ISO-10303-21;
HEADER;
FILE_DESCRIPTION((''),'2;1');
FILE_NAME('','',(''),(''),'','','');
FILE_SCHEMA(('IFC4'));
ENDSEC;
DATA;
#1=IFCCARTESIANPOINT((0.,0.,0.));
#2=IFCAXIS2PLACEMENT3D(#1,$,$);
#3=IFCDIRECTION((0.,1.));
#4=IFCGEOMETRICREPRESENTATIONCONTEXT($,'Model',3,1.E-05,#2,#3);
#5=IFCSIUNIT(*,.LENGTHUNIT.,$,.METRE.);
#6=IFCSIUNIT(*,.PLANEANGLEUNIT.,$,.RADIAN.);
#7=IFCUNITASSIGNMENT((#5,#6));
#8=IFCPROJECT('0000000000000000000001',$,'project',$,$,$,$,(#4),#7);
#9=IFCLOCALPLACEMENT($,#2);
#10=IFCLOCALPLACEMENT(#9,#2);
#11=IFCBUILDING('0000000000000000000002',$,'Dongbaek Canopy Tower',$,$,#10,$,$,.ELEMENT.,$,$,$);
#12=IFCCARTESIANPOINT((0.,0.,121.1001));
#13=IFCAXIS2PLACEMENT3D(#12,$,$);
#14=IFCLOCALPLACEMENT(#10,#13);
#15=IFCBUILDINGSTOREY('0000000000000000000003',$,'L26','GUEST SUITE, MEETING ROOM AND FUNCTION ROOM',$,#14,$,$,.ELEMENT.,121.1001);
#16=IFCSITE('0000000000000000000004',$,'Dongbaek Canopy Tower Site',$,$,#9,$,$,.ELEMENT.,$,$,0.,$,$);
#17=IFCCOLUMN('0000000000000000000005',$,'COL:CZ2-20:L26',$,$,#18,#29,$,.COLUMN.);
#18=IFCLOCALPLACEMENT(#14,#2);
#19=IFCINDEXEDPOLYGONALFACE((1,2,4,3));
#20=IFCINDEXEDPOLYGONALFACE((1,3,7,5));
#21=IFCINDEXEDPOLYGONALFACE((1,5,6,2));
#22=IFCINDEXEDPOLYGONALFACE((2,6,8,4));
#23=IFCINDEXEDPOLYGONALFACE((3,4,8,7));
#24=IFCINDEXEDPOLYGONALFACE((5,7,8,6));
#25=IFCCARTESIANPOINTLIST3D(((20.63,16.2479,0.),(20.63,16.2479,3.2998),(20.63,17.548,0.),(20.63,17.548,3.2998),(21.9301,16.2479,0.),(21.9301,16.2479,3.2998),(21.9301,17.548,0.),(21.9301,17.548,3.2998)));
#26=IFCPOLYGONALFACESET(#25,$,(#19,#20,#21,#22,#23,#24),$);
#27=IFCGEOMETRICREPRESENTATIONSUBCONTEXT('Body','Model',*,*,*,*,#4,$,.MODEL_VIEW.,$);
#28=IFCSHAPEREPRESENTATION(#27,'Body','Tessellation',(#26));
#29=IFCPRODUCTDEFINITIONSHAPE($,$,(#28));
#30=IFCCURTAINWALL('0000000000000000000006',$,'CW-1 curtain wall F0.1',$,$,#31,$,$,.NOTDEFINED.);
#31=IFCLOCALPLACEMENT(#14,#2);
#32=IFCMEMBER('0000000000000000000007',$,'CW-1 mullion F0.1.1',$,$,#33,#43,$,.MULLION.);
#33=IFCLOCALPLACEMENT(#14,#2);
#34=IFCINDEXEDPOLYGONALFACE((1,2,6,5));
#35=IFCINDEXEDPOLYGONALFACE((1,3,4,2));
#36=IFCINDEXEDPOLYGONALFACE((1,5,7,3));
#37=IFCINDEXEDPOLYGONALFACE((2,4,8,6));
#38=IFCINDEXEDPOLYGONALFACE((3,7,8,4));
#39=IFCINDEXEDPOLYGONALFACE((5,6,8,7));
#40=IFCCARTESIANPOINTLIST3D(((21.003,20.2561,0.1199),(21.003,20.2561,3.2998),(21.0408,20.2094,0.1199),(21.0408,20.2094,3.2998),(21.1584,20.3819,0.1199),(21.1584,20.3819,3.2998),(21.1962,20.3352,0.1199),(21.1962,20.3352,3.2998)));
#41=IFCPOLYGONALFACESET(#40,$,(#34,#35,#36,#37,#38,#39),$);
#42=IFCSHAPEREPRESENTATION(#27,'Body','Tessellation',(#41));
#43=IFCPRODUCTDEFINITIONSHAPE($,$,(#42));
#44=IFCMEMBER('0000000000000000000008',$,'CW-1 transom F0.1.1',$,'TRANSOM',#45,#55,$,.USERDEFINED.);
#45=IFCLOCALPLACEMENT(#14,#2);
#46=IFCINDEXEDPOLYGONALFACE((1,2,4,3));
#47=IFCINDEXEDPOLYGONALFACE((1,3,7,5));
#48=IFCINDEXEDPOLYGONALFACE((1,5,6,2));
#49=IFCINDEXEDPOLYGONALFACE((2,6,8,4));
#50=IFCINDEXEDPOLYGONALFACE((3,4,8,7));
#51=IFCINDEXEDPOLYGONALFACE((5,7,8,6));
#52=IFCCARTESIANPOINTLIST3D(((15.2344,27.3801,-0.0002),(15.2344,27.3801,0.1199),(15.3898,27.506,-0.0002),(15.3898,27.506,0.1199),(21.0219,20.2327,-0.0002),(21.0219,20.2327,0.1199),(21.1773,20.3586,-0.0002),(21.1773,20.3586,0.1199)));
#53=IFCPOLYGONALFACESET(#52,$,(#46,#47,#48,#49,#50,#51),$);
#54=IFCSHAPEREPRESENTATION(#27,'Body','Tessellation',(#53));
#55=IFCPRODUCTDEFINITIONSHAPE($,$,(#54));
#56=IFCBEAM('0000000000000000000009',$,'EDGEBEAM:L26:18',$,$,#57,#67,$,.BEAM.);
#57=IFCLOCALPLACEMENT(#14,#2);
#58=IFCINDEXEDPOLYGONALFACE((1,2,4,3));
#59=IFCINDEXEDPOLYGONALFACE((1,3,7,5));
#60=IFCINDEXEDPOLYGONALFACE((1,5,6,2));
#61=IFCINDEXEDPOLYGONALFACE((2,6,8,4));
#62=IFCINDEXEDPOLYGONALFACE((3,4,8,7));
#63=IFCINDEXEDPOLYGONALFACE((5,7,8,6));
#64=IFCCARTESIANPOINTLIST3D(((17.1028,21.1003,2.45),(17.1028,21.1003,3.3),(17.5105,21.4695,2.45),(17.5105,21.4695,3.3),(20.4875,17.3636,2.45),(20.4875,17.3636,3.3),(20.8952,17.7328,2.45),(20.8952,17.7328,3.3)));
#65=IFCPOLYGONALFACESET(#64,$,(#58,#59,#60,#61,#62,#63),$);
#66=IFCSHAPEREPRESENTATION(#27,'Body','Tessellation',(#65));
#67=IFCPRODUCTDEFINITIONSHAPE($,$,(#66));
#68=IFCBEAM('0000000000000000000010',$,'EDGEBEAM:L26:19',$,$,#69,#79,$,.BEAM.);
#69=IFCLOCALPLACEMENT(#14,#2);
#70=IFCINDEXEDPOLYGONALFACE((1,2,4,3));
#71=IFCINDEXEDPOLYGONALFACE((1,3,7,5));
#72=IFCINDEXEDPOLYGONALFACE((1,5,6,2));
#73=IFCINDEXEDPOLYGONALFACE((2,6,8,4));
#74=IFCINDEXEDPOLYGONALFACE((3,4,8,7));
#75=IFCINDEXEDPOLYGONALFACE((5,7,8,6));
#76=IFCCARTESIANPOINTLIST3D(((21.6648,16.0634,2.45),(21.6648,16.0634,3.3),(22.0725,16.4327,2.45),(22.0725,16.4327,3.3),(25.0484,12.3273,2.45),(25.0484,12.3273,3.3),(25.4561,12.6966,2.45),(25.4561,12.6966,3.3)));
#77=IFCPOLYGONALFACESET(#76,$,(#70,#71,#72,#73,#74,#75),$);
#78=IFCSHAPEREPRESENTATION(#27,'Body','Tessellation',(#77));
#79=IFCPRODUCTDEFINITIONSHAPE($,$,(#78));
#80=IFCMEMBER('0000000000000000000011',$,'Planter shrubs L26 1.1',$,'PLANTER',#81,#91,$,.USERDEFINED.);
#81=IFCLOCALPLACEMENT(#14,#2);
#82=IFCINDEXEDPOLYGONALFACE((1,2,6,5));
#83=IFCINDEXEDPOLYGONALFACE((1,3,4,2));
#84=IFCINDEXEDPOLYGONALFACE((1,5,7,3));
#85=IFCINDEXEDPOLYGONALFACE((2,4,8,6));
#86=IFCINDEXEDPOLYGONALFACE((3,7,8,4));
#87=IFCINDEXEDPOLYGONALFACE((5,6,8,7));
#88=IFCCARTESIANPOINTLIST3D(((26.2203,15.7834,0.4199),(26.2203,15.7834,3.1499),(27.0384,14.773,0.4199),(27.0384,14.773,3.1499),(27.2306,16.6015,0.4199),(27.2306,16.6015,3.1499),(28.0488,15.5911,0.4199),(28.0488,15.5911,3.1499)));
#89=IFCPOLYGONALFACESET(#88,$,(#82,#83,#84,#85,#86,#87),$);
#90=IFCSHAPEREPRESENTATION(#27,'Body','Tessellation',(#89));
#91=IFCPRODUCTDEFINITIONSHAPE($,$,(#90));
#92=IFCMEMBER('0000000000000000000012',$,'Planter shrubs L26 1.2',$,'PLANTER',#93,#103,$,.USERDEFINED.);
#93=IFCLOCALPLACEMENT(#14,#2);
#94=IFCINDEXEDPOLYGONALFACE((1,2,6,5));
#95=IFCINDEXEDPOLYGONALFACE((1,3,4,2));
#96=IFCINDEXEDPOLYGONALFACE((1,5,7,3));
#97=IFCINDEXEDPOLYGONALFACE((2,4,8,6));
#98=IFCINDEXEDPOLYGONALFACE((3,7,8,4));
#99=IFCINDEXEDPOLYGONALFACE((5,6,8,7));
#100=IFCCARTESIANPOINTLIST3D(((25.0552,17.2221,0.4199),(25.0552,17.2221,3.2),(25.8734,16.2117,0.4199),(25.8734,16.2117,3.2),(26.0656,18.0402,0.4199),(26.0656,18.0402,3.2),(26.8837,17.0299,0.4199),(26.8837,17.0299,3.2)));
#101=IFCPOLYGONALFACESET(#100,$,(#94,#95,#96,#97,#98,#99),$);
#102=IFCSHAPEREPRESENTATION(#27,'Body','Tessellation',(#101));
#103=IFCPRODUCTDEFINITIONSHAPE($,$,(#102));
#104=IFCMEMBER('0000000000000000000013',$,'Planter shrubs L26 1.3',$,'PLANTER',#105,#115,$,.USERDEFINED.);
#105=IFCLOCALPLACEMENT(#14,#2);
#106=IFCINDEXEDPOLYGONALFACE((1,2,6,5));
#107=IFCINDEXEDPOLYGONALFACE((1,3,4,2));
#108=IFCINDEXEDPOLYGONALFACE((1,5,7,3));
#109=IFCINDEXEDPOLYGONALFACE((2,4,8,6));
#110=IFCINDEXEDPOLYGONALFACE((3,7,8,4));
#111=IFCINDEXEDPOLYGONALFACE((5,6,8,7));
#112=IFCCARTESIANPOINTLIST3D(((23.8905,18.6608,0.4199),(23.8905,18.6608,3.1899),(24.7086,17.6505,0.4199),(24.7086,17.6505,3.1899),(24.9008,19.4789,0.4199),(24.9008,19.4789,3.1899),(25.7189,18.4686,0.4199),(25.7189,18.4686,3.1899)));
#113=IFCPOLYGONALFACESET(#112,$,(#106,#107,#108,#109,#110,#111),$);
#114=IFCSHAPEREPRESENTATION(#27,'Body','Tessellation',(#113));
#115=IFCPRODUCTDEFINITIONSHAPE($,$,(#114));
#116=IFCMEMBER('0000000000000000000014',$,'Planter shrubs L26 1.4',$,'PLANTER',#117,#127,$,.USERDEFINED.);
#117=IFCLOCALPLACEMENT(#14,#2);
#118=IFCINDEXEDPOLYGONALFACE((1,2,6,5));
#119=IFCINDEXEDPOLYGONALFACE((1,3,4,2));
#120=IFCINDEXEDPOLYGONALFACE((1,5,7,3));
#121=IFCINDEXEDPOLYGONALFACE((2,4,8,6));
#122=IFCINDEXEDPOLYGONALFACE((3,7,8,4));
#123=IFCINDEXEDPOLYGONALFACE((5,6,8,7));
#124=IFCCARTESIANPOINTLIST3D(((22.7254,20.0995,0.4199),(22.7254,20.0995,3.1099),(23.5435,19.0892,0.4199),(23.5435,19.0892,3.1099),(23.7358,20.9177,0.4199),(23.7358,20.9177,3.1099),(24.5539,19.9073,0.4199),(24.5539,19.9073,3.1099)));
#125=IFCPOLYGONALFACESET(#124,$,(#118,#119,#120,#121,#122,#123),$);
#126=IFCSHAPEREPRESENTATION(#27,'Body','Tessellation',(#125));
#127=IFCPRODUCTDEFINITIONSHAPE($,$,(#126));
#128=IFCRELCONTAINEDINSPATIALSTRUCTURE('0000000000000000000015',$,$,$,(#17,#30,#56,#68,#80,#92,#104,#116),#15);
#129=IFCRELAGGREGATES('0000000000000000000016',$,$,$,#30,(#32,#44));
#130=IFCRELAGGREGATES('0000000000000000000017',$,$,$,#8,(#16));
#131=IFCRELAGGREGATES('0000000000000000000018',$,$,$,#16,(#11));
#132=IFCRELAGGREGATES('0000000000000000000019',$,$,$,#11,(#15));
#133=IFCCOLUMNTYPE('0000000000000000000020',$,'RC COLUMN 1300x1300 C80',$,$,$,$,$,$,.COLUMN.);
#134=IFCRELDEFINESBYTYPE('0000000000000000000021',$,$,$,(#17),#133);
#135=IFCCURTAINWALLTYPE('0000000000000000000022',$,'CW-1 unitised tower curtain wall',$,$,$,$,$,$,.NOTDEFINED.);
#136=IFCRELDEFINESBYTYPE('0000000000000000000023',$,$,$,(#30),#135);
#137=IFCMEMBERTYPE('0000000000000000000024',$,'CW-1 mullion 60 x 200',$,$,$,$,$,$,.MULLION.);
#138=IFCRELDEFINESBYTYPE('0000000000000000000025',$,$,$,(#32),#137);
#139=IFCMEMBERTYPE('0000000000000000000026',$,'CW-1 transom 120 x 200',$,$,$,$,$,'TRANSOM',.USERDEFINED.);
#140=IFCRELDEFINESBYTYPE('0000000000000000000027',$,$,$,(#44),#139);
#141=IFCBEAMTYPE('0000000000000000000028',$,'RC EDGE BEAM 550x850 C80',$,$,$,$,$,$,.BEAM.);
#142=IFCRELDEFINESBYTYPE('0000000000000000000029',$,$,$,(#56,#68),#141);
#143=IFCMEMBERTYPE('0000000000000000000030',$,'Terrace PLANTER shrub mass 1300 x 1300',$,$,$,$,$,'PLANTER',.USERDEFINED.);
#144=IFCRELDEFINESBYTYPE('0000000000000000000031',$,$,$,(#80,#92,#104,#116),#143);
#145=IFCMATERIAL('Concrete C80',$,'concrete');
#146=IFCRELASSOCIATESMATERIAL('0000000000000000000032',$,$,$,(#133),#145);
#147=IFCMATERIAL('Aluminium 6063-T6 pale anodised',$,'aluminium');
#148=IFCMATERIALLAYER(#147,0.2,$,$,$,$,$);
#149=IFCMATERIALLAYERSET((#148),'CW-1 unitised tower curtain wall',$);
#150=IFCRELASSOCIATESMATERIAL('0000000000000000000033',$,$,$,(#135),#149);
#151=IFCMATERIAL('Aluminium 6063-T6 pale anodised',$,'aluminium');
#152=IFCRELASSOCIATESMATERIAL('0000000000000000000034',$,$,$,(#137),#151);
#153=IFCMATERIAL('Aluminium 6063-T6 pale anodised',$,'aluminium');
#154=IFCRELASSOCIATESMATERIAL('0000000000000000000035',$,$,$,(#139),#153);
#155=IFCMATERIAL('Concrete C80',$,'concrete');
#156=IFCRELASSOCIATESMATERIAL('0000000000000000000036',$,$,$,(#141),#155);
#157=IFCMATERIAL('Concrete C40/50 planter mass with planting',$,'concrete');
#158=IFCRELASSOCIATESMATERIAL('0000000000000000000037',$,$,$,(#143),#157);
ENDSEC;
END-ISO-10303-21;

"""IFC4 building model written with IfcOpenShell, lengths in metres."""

from ifc_helpers import new_model, si_unit, direction, frame, origin, origin_2d, place, context, subcontext, project, spatial, rectangle, extrude, material, layer, layer_set, material_profile, profile_set, type_object, element, aggregate, save


model = new_model("IFC4")

# Units and contexts
model_context = context("Model", 3, precision=1e-05, world=origin(), true_north=direction((0.0, 1.0)))
body_context = subcontext(model_context, "Body", "Model", "MODEL_VIEW")
ifc_project = project(units=[si_unit("LENGTHUNIT", "METRE"), si_unit("PLANEANGLEUNIT", "RADIAN")], contexts=[model_context])

# Site, building, storey
site_placement = place(None, origin())
site = spatial("IfcSite", under=ifc_project, at=site_placement, Name="Dongbaek Canopy Tower Site", CompositionType="ELEMENT", RefElevation=0.0)
building_placement = place(site_placement, origin())
building = spatial("IfcBuilding", under=site, at=building_placement, Name="Dongbaek Canopy Tower", CompositionType="ELEMENT")
storey_placement = place(building_placement, frame((0.0, 0.0, 121.1001)))
storey = spatial("IfcBuildingStorey", under=building, at=storey_placement, Name="L26", Description="GUEST SUITE, MEETING ROOM AND FUNCTION ROOM", CompositionType="ELEMENT", Elevation=121.1001)

# Column
ifc_material_1 = material(Name="Concrete C80", Category="concrete")
ifc_material_profile_1 = material_profile(ifc_material_1, rectangle(XDim=1.3, YDim=1.3, at=origin_2d()), Name="RC COLUMN 1300x1300 C80")
ifc_profile_set_1 = profile_set([ifc_material_profile_1], Name="Concrete C80")
column_type = type_object("IfcColumnType", Name="RC COLUMN 1300x1300 C80", PredefinedType="COLUMN", material=ifc_profile_set_1)
column_placement = place(storey_placement, frame((21.28, 16.8979, 0.0), z_axis=(0.0, 0.0, 1.0), x_axis=(1.0, 0.0, 0.0)))
element("IfcColumn", 1, at=column_placement, inside=storey, type_object=column_type, Name="COL:CZ2-20:L26", PredefinedType="COLUMN", context=body_context, shape_type="SweptSolid", body=[
    extrude(rectangle(XDim=1.3, YDim=1.3, at=origin_2d()), origin(), (0.0, 0.0, 1.0), 3.2998),
])

# Curtain wall, members
ifc_material_2 = material(Name="Aluminium 6063-T6 pale anodised", Category="aluminium")
ifc_layer_1 = layer(ifc_material_2, 0.2)
ifc_layer_set_1 = layer_set([ifc_layer_1], Name="CW-1 unitised tower curtain wall")
curtain_wall_type = type_object("IfcCurtainWallType", Name="CW-1 unitised tower curtain wall", PredefinedType="NOTDEFINED", material=ifc_layer_set_1)
curtain_wall_placement = place(storey_placement, origin())
curtain_wall = element("IfcCurtainWall", 2, at=curtain_wall_placement, inside=storey, type_object=curtain_wall_type, Name="CW-1 curtain wall F0.1", PredefinedType="NOTDEFINED")
ifc_material_3 = material(Name="Aluminium 6063-T6 pale anodised", Category="aluminium")
ifc_material_profile_2 = material_profile(ifc_material_3, rectangle(XDim=0.2, YDim=0.0601, at=origin_2d()), Name="CW-1 mullion 60 x 200")
ifc_profile_set_2 = profile_set([ifc_material_profile_2], Name="Aluminium 6063-T6 pale anodised")
member_type_1 = type_object("IfcMemberType", Name="CW-1 mullion 60 x 200", PredefinedType="MULLION", material=ifc_profile_set_2)
member_1_placement = place(storey_placement, frame((21.0996, 20.2957, 0.1199), z_axis=(0.0, 0.0, 1.0), x_axis=(0.777161, 0.629302, 0.0)))
member_1 = element("IfcMember", 3, at=member_1_placement, type_object=member_type_1, Name="CW-1 mullion F0.1.1", PredefinedType="MULLION", context=body_context, shape_type="SweptSolid", body=[
    extrude(rectangle(XDim=0.2, YDim=0.0601, at=origin_2d()), origin(), (0.0, 0.0, 1.0), 3.1799),
])
ifc_material_4 = material(Name="Aluminium 6063-T6 pale anodised", Category="aluminium")
ifc_material_profile_3 = material_profile(ifc_material_4, rectangle(XDim=0.2, YDim=0.1201, at=origin_2d()), Name="CW-1 transom 120 x 200")
ifc_profile_set_3 = profile_set([ifc_material_profile_3], Name="Aluminium 6063-T6 pale anodised")
member_type_2 = type_object("IfcMemberType", Name="CW-1 transom 120 x 200", ElementType="TRANSOM", PredefinedType="USERDEFINED", material=ifc_profile_set_3)
member_2_placement = place(storey_placement, frame((21.0996, 20.2957, 0.0598), z_axis=(-0.629301, 0.777162, 0.0), x_axis=(-0.777162, -0.629301, 0.0)))
member_2 = element("IfcMember", 4, at=member_2_placement, type_object=member_type_2, Name="CW-1 transom F0.1.1", ObjectType="TRANSOM", PredefinedType="USERDEFINED", context=body_context, shape_type="SweptSolid", body=[
    extrude(rectangle(XDim=0.2, YDim=0.1201, at=origin_2d()), origin(), (0.0, 0.0, 1.0), 9.1968),
])
aggregate(curtain_wall, [member_1, member_2])

# Beams
ifc_material_5 = material(Name="Concrete C80", Category="concrete")
ifc_material_profile_4 = material_profile(ifc_material_5, rectangle(XDim=0.55, YDim=0.8501, at=origin_2d()), Name="RC EDGE BEAM 550x850 C80")
ifc_profile_set_4 = profile_set([ifc_material_profile_4], Name="Concrete C80")
beam_type = type_object("IfcBeamType", Name="RC EDGE BEAM 550x850 C80", PredefinedType="BEAM", material=ifc_profile_set_4)
beam_1_placement = place(storey_placement, frame((17.3066, 21.2849, 2.875), z_axis=(0.671332, -0.741157, 0.0), x_axis=(0.741157, 0.671332, 0.0)))
element("IfcBeam", 5, at=beam_1_placement, inside=storey, type_object=beam_type, Name="EDGEBEAM:L26:18", PredefinedType="BEAM", context=body_context, shape_type="SweptSolid", body=[
    extrude(rectangle(XDim=0.55, YDim=0.8501, at=origin_2d()), origin(), (0.0, 0.0, 1.0), 5.0417),
])
beam_2_placement = place(storey_placement, frame((21.8687, 16.248, 2.875), z_axis=(0.671271, -0.741212, 0.0), x_axis=(0.741212, 0.671271, 0.0)))
element("IfcBeam", 6, at=beam_2_placement, inside=storey, type_object=beam_type, Name="EDGEBEAM:L26:19", PredefinedType="BEAM", context=body_context, shape_type="SweptSolid", body=[
    extrude(rectangle(XDim=0.55, YDim=0.8501, at=origin_2d()), origin(), (0.0, 0.0, 1.0), 5.0405),
])

# Members
ifc_material_6 = material(Name="Concrete C40/50 planter mass with planting", Category="concrete")
ifc_material_profile_5 = material_profile(ifc_material_6, rectangle(XDim=1.3, YDim=1.3, at=origin_2d()), Name="Terrace PLANTER shrub mass 1300 x 1300")
ifc_profile_set_5 = profile_set([ifc_material_profile_5], Name="Concrete C40/50 planter mass with planting")
member_type_3 = type_object("IfcMemberType", Name="Terrace PLANTER shrub mass 1300 x 1300", ElementType="PLANTER", PredefinedType="USERDEFINED", material=ifc_profile_set_5)
member_3_placement = place(storey_placement, frame((27.1345, 15.6873, 0.4199), z_axis=(0.0, 0.0, 1.0), x_axis=(0.777161, 0.629302, 0.0)))
element("IfcMember", 7, at=member_3_placement, inside=storey, type_object=member_type_3, Name="Planter shrubs L26 1.1", ObjectType="PLANTER", PredefinedType="USERDEFINED", context=body_context, shape_type="SweptSolid", body=[
    extrude(rectangle(XDim=1.3, YDim=1.3, at=origin_2d()), origin(), (0.0, 0.0, 1.0), 2.73),
])
member_4_placement = place(storey_placement, frame((25.9695, 17.126, 0.4199), z_axis=(0.0, 0.0, 1.0), x_axis=(0.777161, 0.629302, 0.0)))
element("IfcMember", 8, at=member_4_placement, inside=storey, type_object=member_type_3, Name="Planter shrubs L26 1.2", ObjectType="PLANTER", PredefinedType="USERDEFINED", context=body_context, shape_type="SweptSolid", body=[
    extrude(rectangle(XDim=1.3, YDim=1.3, at=origin_2d()), origin(), (0.0, 0.0, 1.0), 2.78),
])
member_5_placement = place(storey_placement, frame((24.8047, 18.5647, 0.4199), z_axis=(0.0, 0.0, 1.0), x_axis=(0.777161, 0.629302, 0.0)))
element("IfcMember", 9, at=member_5_placement, inside=storey, type_object=member_type_3, Name="Planter shrubs L26 1.3", ObjectType="PLANTER", PredefinedType="USERDEFINED", context=body_context, shape_type="SweptSolid", body=[
    extrude(rectangle(XDim=1.3, YDim=1.3, at=origin_2d()), origin(), (0.0, 0.0, 1.0), 2.77),
])
member_6_placement = place(storey_placement, frame((23.6396, 20.0034, 0.4199), z_axis=(0.0, 0.0, 1.0), x_axis=(0.777161, 0.629302, 0.0)))
element("IfcMember", 10, at=member_6_placement, inside=storey, type_object=member_type_3, Name="Planter shrubs L26 1.4", ObjectType="PLANTER", PredefinedType="USERDEFINED", context=body_context, shape_type="SweptSolid", body=[
    extrude(rectangle(XDim=1.3, YDim=1.3, at=origin_2d()), origin(), (0.0, 0.0, 1.0), 2.6899),
])

save(model, "model.ifc")
